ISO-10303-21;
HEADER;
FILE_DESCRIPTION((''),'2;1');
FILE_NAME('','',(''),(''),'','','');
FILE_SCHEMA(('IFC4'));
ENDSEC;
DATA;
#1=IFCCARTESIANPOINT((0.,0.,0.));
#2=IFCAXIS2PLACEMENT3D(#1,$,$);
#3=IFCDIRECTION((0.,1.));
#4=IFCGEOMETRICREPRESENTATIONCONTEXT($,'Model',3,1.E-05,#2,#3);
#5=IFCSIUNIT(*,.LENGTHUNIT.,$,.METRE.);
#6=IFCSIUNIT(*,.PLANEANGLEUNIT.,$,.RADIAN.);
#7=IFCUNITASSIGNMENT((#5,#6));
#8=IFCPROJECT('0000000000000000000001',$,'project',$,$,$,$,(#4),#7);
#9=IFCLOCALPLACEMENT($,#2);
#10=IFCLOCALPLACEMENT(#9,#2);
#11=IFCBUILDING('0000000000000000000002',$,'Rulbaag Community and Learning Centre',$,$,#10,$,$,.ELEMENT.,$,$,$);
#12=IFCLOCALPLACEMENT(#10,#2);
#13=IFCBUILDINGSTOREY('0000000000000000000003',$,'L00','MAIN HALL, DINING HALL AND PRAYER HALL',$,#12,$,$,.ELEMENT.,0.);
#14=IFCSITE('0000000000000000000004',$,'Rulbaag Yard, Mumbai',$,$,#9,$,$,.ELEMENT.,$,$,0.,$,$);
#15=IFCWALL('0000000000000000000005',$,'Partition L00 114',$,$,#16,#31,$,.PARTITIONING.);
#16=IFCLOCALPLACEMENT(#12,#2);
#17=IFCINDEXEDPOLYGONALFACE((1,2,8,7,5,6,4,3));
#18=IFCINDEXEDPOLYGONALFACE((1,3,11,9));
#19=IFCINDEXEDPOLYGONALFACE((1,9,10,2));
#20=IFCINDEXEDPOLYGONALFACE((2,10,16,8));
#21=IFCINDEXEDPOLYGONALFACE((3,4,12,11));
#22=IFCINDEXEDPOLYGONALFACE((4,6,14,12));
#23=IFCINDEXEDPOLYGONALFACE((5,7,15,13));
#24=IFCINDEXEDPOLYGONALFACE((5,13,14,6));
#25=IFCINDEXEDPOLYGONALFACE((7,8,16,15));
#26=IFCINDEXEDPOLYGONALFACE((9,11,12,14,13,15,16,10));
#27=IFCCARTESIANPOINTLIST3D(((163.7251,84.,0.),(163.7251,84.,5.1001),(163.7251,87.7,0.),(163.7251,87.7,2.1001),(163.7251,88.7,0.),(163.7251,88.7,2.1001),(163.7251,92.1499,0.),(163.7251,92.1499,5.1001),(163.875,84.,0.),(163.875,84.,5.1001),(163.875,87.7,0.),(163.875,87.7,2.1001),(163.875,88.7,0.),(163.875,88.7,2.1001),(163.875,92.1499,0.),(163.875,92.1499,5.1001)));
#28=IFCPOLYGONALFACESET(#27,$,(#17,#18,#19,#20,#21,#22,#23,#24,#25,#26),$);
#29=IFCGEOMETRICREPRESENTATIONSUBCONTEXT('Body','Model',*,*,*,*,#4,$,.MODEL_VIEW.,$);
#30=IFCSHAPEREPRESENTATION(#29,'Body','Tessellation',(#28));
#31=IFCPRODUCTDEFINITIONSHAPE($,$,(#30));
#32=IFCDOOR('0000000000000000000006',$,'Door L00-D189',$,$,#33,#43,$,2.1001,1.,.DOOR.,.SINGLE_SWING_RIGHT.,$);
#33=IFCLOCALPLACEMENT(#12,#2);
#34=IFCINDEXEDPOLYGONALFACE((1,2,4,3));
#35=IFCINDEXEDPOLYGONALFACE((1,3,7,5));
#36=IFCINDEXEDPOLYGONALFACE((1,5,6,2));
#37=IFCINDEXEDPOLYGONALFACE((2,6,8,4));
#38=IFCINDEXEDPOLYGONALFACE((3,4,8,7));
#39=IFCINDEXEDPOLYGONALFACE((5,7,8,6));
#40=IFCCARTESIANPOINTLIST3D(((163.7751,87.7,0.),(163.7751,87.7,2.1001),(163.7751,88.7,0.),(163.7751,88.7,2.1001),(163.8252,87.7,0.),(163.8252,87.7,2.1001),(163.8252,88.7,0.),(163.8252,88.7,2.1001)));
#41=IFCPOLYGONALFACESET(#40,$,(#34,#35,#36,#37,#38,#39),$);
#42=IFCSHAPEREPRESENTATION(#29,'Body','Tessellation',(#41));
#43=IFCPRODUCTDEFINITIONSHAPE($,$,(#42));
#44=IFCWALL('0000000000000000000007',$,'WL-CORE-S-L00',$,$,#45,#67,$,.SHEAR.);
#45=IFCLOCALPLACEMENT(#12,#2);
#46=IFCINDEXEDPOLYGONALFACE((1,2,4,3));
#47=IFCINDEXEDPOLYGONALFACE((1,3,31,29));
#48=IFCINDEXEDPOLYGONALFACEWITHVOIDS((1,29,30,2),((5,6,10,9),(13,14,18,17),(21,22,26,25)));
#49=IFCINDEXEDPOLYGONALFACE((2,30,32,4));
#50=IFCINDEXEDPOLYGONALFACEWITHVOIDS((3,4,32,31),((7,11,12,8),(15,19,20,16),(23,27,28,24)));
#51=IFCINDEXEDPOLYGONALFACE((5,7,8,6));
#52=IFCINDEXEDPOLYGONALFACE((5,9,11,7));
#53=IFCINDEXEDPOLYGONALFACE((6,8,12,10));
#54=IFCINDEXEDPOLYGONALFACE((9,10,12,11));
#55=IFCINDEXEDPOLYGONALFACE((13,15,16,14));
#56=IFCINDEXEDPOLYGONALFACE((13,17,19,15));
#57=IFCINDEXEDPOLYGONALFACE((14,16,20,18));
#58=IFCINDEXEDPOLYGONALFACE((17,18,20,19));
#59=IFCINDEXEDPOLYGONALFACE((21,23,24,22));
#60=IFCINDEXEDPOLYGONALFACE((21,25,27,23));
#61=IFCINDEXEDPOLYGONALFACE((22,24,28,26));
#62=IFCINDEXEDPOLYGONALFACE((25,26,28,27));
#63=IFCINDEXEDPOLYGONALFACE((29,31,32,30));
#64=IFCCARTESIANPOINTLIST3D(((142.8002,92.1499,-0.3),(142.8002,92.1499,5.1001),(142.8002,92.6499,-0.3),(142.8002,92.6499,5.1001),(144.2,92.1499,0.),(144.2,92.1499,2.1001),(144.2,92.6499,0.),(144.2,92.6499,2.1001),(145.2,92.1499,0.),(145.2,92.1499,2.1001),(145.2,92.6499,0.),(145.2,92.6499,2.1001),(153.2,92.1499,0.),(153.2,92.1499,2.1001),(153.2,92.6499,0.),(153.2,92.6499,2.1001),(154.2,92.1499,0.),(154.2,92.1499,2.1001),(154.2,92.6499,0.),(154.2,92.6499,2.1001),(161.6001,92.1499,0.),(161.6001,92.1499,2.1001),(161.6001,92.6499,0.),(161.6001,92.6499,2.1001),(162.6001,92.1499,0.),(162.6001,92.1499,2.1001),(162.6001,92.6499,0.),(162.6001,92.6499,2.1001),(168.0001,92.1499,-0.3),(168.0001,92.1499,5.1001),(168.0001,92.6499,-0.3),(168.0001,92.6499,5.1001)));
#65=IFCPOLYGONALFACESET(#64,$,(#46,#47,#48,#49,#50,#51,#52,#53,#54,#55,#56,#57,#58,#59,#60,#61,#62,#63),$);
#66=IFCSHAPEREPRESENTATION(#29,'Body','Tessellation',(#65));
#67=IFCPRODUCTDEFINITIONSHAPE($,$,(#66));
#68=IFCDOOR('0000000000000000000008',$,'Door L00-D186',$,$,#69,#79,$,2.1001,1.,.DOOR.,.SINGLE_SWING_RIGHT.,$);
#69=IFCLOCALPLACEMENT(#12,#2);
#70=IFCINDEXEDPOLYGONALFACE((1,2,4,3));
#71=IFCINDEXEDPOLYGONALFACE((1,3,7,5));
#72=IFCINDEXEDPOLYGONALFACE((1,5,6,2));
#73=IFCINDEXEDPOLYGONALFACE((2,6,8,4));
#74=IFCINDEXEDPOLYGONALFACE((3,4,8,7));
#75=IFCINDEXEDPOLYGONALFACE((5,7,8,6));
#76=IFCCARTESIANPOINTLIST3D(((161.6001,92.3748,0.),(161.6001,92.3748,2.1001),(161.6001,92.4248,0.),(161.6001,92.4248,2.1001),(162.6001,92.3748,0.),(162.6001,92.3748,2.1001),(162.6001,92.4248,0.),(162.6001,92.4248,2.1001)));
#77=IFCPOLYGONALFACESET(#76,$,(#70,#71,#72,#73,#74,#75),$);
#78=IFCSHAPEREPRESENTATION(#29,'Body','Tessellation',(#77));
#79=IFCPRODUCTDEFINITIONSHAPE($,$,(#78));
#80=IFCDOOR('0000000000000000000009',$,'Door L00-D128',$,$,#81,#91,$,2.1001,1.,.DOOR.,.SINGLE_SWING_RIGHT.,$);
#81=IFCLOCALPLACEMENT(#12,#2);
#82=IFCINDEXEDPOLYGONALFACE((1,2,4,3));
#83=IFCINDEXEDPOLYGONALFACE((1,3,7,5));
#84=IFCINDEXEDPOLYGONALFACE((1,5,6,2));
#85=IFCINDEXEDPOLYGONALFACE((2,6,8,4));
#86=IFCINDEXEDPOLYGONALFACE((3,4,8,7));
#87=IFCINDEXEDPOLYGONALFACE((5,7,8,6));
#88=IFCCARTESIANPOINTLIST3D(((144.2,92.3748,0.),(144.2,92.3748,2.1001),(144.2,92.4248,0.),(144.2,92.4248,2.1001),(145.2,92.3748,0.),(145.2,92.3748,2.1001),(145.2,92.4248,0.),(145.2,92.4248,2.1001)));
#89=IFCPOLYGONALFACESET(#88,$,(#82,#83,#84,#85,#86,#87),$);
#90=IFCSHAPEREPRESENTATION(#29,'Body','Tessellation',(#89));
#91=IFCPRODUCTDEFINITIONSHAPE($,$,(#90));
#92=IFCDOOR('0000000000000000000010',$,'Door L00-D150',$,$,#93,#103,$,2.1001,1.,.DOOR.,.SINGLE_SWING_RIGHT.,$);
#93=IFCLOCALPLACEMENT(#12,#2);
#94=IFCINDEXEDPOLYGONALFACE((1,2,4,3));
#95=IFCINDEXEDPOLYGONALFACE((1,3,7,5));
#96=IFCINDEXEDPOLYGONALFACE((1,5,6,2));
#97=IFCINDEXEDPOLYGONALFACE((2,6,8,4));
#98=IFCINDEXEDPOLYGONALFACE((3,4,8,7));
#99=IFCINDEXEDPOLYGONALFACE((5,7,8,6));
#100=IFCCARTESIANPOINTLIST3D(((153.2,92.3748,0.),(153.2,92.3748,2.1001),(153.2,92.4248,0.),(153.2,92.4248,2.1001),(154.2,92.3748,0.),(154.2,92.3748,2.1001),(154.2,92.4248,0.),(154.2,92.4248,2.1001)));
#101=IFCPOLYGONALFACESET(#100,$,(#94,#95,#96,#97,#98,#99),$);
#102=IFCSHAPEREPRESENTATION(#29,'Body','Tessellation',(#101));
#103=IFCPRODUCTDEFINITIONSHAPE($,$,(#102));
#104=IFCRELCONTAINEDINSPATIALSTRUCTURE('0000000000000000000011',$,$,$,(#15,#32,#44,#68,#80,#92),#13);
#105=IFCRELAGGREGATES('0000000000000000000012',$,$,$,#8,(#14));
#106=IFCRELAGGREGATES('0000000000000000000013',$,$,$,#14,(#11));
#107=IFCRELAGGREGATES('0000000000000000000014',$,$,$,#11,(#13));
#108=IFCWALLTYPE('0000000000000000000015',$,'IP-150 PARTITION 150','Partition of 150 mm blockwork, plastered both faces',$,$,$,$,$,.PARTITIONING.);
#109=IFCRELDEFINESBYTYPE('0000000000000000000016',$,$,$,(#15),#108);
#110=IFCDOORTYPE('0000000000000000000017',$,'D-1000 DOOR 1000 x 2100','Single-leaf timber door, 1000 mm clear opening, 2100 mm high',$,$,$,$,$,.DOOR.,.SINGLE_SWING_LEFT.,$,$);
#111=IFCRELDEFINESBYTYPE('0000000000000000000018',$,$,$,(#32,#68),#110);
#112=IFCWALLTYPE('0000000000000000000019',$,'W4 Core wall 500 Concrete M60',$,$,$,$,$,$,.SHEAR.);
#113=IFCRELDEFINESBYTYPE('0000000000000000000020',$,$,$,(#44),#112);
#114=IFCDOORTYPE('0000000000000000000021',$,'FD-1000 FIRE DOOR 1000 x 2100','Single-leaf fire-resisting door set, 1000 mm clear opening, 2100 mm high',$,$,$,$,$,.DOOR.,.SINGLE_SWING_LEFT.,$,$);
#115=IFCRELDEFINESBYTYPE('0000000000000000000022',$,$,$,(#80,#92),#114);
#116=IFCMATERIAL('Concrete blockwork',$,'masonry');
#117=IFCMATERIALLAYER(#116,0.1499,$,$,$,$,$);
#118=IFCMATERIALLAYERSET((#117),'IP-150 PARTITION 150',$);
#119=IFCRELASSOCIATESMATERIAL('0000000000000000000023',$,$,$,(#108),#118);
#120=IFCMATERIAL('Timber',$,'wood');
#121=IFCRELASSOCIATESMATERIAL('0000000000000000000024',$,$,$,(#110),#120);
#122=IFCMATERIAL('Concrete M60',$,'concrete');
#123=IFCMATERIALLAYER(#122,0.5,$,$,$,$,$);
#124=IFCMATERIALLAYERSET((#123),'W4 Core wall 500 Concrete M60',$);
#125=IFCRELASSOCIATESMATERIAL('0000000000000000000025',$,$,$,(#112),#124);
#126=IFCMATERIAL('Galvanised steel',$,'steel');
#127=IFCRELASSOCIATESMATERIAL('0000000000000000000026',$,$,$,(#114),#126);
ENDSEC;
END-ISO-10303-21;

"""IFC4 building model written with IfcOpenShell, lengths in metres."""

from ifc_helpers import new_model, si_unit, direction, frame, frame_2d, origin, place, context, subcontext, project, spatial, rectangle, extrude, material, layer, layer_set, type_object, element, fill, save


model = new_model("IFC4")

# Units and contexts
model_context = context("Model", 3, precision=1e-05, world=origin(), true_north=direction((0.0, 1.0)))
body_context = subcontext(model_context, "Body", "Model", "MODEL_VIEW")
ifc_project = project(units=[si_unit("LENGTHUNIT", "METRE"), si_unit("PLANEANGLEUNIT", "RADIAN")], contexts=[model_context])

# Site, building, storey
site_placement = place(None, origin())
site = spatial("IfcSite", under=ifc_project, at=site_placement, Name="Rulbaag Yard, Mumbai", CompositionType="ELEMENT", RefElevation=0.0)
building_placement = place(site_placement, origin())
building = spatial("IfcBuilding", under=site, at=building_placement, Name="Rulbaag Community and Learning Centre", CompositionType="ELEMENT")
storey_placement = place(building_placement, origin())
storey = spatial("IfcBuildingStorey", under=building, at=storey_placement, Name="L00", Description="MAIN HALL, DINING HALL AND PRAYER HALL", CompositionType="ELEMENT", Elevation=0.0)

# Wall, opening, door
ifc_material_1 = material(Name="Concrete blockwork", Category="masonry")
ifc_layer_1 = layer(ifc_material_1, 0.1499)
ifc_layer_set_1 = layer_set([ifc_layer_1], Name="IP-150 PARTITION 150")
wall_type_1 = type_object("IfcWallType", Name="IP-150 PARTITION 150", Description="Partition of 150 mm blockwork, plastered both faces", PredefinedType="PARTITIONING", material=ifc_layer_set_1)
wall_1_placement = place(storey_placement, frame((163.8, 84.0, 0.0), z_axis=(0.0, 0.0, 1.0), x_axis=(0.0, 1.0, 0.0)))
wall_1 = element("IfcWall", 1, at=wall_1_placement, inside=storey, type_object=wall_type_1, Name="Partition L00 114", PredefinedType="PARTITIONING", context=body_context, shape_type="SweptSolid", body=[
    extrude(rectangle(XDim=8.1499, YDim=0.1499, at=frame_2d((4.075, 0.0))), origin(), (0.0, 0.0, 1.0), 5.1001),
])
opening_1_placement = place(wall_1_placement, frame((3.7, 0.0, 0.0)))
opening_1 = element("IfcOpeningElement", 2, at=opening_1_placement, cuts=wall_1, PredefinedType="OPENING", context=body_context, shape_type="SweptSolid", body=[
    extrude(rectangle(XDim=1.0, YDim=2.1001, at=frame_2d((0.5, 1.05))), frame((0.0, 0.085, 0.0), z_axis=(0.0, -1.0, 0.0), x_axis=(1.0, 0.0, 0.0)), (0.0, 0.0, 1.0), 0.1699),
])
ifc_material_2 = material(Name="Timber", Category="wood")
door_type_1 = type_object("IfcDoorType", Name="D-1000 DOOR 1000 x 2100", Description="Single-leaf timber door, 1000 mm clear opening, 2100 mm high", OperationType="SINGLE_SWING_LEFT", PredefinedType="DOOR", material=ifc_material_2)
door_1_placement = place(opening_1_placement, origin())
door_1 = element("IfcDoor", 3, at=door_1_placement, inside=storey, type_object=door_type_1, Name="Door L00-D189", OperationType="SINGLE_SWING_RIGHT", OverallHeight=2.1001, OverallWidth=1.0, PredefinedType="DOOR", context=body_context, shape_type="SweptSolid", body=[
    extrude(rectangle(XDim=1.0, YDim=2.1001, at=frame_2d((0.5, 1.05))), frame((0.0, 0.0249, 0.0), z_axis=(0.0, -1.0, 0.0), x_axis=(1.0, 0.0, 0.0)), (0.0, 0.0, 1.0), 0.05),
])
fill(opening_1, door_1)

# Wall, openings, doors
ifc_material_3 = material(Name="Concrete M60", Category="concrete")
ifc_layer_2 = layer(ifc_material_3, 0.5)
ifc_layer_set_2 = layer_set([ifc_layer_2], Name="W4 Core wall 500 Concrete M60")
wall_type_2 = type_object("IfcWallType", Name="W4 Core wall 500 Concrete M60", PredefinedType="SHEAR", material=ifc_layer_set_2)
wall_2_placement = place(storey_placement, frame((142.8, 92.3999, -0.3), z_axis=(0.0, 0.0, 1.0), x_axis=(1.0, 0.0, 0.0)))
wall_2 = element("IfcWall", 4, at=wall_2_placement, inside=storey, type_object=wall_type_2, Name="WL-CORE-S-L00", PredefinedType="SHEAR", context=body_context, shape_type="SweptSolid", body=[
    extrude(rectangle(XDim=25.2, YDim=0.5, at=frame_2d((12.6001, 0.0))), origin(), (0.0, 0.0, 1.0), 5.4001),
])
opening_2_placement = place(wall_2_placement, frame((1.3999, 0.0, 0.3)))
opening_2 = element("IfcOpeningElement", 5, at=opening_2_placement, cuts=wall_2, PredefinedType="OPENING", context=body_context, shape_type="SweptSolid", body=[
    extrude(rectangle(XDim=1.0, YDim=2.1001, at=frame_2d((0.5, 1.05))), frame((0.0, 0.26, 0.0), z_axis=(0.0, -1.0, 0.0), x_axis=(1.0, 0.0, 0.0)), (0.0, 0.0, 1.0), 0.52),
])
opening_3_placement = place(wall_2_placement, frame((10.3999, 0.0, 0.3)))
opening_3 = element("IfcOpeningElement", 6, at=opening_3_placement, cuts=wall_2, PredefinedType="OPENING", context=body_context, shape_type="SweptSolid", body=[
    extrude(rectangle(XDim=1.0, YDim=2.1001, at=frame_2d((0.5, 1.05))), frame((0.0, 0.26, 0.0), z_axis=(0.0, -1.0, 0.0), x_axis=(1.0, 0.0, 0.0)), (0.0, 0.0, 1.0), 0.52),
])
opening_4_placement = place(wall_2_placement, frame((18.8, 0.0, 0.3)))
opening_4 = element("IfcOpeningElement", 7, at=opening_4_placement, cuts=wall_2, PredefinedType="OPENING", context=body_context, shape_type="SweptSolid", body=[
    extrude(rectangle(XDim=1.0, YDim=2.1001, at=frame_2d((0.5, 1.05))), frame((0.0, 0.26, 0.0), z_axis=(0.0, -1.0, 0.0), x_axis=(1.0, 0.0, 0.0)), (0.0, 0.0, 1.0), 0.52),
])
door_2_placement = place(opening_4_placement, origin())
door_2 = element("IfcDoor", 8, at=door_2_placement, inside=storey, type_object=door_type_1, Name="Door L00-D186", OperationType="SINGLE_SWING_RIGHT", OverallHeight=2.1001, OverallWidth=1.0, PredefinedType="DOOR", context=body_context, shape_type="SweptSolid", body=[
    extrude(rectangle(XDim=1.0, YDim=2.1001, at=frame_2d((0.5, 1.05))), frame((0.0, 0.0249, 0.0), z_axis=(0.0, -1.0, 0.0), x_axis=(1.0, 0.0, 0.0)), (0.0, 0.0, 1.0), 0.05),
])
fill(opening_4, door_2)
ifc_material_4 = material(Name="Galvanised steel", Category="steel")
door_type_2 = type_object("IfcDoorType", Name="FD-1000 FIRE DOOR 1000 x 2100", Description="Single-leaf fire-resisting door set, 1000 mm clear opening, 2100 mm high", OperationType="SINGLE_SWING_LEFT", PredefinedType="DOOR", material=ifc_material_4)
door_3_placement = place(opening_2_placement, origin())
door_3 = element("IfcDoor", 9, at=door_3_placement, inside=storey, type_object=door_type_2, Name="Door L00-D128", OperationType="SINGLE_SWING_RIGHT", OverallHeight=2.1001, OverallWidth=1.0, PredefinedType="DOOR", context=body_context, shape_type="SweptSolid", body=[
    extrude(rectangle(XDim=1.0, YDim=2.1001, at=frame_2d((0.5, 1.05))), frame((0.0, 0.0249, 0.0), z_axis=(0.0, -1.0, 0.0), x_axis=(1.0, 0.0, 0.0)), (0.0, 0.0, 1.0), 0.05),
])
fill(opening_2, door_3)
door_4_placement = place(opening_3_placement, origin())
door_4 = element("IfcDoor", 10, at=door_4_placement, inside=storey, type_object=door_type_2, Name="Door L00-D150", OperationType="SINGLE_SWING_RIGHT", OverallHeight=2.1001, OverallWidth=1.0, PredefinedType="DOOR", context=body_context, shape_type="SweptSolid", body=[
    extrude(rectangle(XDim=1.0, YDim=2.1001, at=frame_2d((0.5, 1.05))), frame((0.0, 0.0249, 0.0), z_axis=(0.0, -1.0, 0.0), x_axis=(1.0, 0.0, 0.0)), (0.0, 0.0, 1.0), 0.05),
])
fill(opening_3, door_4)

save(model, "model.ifc")
